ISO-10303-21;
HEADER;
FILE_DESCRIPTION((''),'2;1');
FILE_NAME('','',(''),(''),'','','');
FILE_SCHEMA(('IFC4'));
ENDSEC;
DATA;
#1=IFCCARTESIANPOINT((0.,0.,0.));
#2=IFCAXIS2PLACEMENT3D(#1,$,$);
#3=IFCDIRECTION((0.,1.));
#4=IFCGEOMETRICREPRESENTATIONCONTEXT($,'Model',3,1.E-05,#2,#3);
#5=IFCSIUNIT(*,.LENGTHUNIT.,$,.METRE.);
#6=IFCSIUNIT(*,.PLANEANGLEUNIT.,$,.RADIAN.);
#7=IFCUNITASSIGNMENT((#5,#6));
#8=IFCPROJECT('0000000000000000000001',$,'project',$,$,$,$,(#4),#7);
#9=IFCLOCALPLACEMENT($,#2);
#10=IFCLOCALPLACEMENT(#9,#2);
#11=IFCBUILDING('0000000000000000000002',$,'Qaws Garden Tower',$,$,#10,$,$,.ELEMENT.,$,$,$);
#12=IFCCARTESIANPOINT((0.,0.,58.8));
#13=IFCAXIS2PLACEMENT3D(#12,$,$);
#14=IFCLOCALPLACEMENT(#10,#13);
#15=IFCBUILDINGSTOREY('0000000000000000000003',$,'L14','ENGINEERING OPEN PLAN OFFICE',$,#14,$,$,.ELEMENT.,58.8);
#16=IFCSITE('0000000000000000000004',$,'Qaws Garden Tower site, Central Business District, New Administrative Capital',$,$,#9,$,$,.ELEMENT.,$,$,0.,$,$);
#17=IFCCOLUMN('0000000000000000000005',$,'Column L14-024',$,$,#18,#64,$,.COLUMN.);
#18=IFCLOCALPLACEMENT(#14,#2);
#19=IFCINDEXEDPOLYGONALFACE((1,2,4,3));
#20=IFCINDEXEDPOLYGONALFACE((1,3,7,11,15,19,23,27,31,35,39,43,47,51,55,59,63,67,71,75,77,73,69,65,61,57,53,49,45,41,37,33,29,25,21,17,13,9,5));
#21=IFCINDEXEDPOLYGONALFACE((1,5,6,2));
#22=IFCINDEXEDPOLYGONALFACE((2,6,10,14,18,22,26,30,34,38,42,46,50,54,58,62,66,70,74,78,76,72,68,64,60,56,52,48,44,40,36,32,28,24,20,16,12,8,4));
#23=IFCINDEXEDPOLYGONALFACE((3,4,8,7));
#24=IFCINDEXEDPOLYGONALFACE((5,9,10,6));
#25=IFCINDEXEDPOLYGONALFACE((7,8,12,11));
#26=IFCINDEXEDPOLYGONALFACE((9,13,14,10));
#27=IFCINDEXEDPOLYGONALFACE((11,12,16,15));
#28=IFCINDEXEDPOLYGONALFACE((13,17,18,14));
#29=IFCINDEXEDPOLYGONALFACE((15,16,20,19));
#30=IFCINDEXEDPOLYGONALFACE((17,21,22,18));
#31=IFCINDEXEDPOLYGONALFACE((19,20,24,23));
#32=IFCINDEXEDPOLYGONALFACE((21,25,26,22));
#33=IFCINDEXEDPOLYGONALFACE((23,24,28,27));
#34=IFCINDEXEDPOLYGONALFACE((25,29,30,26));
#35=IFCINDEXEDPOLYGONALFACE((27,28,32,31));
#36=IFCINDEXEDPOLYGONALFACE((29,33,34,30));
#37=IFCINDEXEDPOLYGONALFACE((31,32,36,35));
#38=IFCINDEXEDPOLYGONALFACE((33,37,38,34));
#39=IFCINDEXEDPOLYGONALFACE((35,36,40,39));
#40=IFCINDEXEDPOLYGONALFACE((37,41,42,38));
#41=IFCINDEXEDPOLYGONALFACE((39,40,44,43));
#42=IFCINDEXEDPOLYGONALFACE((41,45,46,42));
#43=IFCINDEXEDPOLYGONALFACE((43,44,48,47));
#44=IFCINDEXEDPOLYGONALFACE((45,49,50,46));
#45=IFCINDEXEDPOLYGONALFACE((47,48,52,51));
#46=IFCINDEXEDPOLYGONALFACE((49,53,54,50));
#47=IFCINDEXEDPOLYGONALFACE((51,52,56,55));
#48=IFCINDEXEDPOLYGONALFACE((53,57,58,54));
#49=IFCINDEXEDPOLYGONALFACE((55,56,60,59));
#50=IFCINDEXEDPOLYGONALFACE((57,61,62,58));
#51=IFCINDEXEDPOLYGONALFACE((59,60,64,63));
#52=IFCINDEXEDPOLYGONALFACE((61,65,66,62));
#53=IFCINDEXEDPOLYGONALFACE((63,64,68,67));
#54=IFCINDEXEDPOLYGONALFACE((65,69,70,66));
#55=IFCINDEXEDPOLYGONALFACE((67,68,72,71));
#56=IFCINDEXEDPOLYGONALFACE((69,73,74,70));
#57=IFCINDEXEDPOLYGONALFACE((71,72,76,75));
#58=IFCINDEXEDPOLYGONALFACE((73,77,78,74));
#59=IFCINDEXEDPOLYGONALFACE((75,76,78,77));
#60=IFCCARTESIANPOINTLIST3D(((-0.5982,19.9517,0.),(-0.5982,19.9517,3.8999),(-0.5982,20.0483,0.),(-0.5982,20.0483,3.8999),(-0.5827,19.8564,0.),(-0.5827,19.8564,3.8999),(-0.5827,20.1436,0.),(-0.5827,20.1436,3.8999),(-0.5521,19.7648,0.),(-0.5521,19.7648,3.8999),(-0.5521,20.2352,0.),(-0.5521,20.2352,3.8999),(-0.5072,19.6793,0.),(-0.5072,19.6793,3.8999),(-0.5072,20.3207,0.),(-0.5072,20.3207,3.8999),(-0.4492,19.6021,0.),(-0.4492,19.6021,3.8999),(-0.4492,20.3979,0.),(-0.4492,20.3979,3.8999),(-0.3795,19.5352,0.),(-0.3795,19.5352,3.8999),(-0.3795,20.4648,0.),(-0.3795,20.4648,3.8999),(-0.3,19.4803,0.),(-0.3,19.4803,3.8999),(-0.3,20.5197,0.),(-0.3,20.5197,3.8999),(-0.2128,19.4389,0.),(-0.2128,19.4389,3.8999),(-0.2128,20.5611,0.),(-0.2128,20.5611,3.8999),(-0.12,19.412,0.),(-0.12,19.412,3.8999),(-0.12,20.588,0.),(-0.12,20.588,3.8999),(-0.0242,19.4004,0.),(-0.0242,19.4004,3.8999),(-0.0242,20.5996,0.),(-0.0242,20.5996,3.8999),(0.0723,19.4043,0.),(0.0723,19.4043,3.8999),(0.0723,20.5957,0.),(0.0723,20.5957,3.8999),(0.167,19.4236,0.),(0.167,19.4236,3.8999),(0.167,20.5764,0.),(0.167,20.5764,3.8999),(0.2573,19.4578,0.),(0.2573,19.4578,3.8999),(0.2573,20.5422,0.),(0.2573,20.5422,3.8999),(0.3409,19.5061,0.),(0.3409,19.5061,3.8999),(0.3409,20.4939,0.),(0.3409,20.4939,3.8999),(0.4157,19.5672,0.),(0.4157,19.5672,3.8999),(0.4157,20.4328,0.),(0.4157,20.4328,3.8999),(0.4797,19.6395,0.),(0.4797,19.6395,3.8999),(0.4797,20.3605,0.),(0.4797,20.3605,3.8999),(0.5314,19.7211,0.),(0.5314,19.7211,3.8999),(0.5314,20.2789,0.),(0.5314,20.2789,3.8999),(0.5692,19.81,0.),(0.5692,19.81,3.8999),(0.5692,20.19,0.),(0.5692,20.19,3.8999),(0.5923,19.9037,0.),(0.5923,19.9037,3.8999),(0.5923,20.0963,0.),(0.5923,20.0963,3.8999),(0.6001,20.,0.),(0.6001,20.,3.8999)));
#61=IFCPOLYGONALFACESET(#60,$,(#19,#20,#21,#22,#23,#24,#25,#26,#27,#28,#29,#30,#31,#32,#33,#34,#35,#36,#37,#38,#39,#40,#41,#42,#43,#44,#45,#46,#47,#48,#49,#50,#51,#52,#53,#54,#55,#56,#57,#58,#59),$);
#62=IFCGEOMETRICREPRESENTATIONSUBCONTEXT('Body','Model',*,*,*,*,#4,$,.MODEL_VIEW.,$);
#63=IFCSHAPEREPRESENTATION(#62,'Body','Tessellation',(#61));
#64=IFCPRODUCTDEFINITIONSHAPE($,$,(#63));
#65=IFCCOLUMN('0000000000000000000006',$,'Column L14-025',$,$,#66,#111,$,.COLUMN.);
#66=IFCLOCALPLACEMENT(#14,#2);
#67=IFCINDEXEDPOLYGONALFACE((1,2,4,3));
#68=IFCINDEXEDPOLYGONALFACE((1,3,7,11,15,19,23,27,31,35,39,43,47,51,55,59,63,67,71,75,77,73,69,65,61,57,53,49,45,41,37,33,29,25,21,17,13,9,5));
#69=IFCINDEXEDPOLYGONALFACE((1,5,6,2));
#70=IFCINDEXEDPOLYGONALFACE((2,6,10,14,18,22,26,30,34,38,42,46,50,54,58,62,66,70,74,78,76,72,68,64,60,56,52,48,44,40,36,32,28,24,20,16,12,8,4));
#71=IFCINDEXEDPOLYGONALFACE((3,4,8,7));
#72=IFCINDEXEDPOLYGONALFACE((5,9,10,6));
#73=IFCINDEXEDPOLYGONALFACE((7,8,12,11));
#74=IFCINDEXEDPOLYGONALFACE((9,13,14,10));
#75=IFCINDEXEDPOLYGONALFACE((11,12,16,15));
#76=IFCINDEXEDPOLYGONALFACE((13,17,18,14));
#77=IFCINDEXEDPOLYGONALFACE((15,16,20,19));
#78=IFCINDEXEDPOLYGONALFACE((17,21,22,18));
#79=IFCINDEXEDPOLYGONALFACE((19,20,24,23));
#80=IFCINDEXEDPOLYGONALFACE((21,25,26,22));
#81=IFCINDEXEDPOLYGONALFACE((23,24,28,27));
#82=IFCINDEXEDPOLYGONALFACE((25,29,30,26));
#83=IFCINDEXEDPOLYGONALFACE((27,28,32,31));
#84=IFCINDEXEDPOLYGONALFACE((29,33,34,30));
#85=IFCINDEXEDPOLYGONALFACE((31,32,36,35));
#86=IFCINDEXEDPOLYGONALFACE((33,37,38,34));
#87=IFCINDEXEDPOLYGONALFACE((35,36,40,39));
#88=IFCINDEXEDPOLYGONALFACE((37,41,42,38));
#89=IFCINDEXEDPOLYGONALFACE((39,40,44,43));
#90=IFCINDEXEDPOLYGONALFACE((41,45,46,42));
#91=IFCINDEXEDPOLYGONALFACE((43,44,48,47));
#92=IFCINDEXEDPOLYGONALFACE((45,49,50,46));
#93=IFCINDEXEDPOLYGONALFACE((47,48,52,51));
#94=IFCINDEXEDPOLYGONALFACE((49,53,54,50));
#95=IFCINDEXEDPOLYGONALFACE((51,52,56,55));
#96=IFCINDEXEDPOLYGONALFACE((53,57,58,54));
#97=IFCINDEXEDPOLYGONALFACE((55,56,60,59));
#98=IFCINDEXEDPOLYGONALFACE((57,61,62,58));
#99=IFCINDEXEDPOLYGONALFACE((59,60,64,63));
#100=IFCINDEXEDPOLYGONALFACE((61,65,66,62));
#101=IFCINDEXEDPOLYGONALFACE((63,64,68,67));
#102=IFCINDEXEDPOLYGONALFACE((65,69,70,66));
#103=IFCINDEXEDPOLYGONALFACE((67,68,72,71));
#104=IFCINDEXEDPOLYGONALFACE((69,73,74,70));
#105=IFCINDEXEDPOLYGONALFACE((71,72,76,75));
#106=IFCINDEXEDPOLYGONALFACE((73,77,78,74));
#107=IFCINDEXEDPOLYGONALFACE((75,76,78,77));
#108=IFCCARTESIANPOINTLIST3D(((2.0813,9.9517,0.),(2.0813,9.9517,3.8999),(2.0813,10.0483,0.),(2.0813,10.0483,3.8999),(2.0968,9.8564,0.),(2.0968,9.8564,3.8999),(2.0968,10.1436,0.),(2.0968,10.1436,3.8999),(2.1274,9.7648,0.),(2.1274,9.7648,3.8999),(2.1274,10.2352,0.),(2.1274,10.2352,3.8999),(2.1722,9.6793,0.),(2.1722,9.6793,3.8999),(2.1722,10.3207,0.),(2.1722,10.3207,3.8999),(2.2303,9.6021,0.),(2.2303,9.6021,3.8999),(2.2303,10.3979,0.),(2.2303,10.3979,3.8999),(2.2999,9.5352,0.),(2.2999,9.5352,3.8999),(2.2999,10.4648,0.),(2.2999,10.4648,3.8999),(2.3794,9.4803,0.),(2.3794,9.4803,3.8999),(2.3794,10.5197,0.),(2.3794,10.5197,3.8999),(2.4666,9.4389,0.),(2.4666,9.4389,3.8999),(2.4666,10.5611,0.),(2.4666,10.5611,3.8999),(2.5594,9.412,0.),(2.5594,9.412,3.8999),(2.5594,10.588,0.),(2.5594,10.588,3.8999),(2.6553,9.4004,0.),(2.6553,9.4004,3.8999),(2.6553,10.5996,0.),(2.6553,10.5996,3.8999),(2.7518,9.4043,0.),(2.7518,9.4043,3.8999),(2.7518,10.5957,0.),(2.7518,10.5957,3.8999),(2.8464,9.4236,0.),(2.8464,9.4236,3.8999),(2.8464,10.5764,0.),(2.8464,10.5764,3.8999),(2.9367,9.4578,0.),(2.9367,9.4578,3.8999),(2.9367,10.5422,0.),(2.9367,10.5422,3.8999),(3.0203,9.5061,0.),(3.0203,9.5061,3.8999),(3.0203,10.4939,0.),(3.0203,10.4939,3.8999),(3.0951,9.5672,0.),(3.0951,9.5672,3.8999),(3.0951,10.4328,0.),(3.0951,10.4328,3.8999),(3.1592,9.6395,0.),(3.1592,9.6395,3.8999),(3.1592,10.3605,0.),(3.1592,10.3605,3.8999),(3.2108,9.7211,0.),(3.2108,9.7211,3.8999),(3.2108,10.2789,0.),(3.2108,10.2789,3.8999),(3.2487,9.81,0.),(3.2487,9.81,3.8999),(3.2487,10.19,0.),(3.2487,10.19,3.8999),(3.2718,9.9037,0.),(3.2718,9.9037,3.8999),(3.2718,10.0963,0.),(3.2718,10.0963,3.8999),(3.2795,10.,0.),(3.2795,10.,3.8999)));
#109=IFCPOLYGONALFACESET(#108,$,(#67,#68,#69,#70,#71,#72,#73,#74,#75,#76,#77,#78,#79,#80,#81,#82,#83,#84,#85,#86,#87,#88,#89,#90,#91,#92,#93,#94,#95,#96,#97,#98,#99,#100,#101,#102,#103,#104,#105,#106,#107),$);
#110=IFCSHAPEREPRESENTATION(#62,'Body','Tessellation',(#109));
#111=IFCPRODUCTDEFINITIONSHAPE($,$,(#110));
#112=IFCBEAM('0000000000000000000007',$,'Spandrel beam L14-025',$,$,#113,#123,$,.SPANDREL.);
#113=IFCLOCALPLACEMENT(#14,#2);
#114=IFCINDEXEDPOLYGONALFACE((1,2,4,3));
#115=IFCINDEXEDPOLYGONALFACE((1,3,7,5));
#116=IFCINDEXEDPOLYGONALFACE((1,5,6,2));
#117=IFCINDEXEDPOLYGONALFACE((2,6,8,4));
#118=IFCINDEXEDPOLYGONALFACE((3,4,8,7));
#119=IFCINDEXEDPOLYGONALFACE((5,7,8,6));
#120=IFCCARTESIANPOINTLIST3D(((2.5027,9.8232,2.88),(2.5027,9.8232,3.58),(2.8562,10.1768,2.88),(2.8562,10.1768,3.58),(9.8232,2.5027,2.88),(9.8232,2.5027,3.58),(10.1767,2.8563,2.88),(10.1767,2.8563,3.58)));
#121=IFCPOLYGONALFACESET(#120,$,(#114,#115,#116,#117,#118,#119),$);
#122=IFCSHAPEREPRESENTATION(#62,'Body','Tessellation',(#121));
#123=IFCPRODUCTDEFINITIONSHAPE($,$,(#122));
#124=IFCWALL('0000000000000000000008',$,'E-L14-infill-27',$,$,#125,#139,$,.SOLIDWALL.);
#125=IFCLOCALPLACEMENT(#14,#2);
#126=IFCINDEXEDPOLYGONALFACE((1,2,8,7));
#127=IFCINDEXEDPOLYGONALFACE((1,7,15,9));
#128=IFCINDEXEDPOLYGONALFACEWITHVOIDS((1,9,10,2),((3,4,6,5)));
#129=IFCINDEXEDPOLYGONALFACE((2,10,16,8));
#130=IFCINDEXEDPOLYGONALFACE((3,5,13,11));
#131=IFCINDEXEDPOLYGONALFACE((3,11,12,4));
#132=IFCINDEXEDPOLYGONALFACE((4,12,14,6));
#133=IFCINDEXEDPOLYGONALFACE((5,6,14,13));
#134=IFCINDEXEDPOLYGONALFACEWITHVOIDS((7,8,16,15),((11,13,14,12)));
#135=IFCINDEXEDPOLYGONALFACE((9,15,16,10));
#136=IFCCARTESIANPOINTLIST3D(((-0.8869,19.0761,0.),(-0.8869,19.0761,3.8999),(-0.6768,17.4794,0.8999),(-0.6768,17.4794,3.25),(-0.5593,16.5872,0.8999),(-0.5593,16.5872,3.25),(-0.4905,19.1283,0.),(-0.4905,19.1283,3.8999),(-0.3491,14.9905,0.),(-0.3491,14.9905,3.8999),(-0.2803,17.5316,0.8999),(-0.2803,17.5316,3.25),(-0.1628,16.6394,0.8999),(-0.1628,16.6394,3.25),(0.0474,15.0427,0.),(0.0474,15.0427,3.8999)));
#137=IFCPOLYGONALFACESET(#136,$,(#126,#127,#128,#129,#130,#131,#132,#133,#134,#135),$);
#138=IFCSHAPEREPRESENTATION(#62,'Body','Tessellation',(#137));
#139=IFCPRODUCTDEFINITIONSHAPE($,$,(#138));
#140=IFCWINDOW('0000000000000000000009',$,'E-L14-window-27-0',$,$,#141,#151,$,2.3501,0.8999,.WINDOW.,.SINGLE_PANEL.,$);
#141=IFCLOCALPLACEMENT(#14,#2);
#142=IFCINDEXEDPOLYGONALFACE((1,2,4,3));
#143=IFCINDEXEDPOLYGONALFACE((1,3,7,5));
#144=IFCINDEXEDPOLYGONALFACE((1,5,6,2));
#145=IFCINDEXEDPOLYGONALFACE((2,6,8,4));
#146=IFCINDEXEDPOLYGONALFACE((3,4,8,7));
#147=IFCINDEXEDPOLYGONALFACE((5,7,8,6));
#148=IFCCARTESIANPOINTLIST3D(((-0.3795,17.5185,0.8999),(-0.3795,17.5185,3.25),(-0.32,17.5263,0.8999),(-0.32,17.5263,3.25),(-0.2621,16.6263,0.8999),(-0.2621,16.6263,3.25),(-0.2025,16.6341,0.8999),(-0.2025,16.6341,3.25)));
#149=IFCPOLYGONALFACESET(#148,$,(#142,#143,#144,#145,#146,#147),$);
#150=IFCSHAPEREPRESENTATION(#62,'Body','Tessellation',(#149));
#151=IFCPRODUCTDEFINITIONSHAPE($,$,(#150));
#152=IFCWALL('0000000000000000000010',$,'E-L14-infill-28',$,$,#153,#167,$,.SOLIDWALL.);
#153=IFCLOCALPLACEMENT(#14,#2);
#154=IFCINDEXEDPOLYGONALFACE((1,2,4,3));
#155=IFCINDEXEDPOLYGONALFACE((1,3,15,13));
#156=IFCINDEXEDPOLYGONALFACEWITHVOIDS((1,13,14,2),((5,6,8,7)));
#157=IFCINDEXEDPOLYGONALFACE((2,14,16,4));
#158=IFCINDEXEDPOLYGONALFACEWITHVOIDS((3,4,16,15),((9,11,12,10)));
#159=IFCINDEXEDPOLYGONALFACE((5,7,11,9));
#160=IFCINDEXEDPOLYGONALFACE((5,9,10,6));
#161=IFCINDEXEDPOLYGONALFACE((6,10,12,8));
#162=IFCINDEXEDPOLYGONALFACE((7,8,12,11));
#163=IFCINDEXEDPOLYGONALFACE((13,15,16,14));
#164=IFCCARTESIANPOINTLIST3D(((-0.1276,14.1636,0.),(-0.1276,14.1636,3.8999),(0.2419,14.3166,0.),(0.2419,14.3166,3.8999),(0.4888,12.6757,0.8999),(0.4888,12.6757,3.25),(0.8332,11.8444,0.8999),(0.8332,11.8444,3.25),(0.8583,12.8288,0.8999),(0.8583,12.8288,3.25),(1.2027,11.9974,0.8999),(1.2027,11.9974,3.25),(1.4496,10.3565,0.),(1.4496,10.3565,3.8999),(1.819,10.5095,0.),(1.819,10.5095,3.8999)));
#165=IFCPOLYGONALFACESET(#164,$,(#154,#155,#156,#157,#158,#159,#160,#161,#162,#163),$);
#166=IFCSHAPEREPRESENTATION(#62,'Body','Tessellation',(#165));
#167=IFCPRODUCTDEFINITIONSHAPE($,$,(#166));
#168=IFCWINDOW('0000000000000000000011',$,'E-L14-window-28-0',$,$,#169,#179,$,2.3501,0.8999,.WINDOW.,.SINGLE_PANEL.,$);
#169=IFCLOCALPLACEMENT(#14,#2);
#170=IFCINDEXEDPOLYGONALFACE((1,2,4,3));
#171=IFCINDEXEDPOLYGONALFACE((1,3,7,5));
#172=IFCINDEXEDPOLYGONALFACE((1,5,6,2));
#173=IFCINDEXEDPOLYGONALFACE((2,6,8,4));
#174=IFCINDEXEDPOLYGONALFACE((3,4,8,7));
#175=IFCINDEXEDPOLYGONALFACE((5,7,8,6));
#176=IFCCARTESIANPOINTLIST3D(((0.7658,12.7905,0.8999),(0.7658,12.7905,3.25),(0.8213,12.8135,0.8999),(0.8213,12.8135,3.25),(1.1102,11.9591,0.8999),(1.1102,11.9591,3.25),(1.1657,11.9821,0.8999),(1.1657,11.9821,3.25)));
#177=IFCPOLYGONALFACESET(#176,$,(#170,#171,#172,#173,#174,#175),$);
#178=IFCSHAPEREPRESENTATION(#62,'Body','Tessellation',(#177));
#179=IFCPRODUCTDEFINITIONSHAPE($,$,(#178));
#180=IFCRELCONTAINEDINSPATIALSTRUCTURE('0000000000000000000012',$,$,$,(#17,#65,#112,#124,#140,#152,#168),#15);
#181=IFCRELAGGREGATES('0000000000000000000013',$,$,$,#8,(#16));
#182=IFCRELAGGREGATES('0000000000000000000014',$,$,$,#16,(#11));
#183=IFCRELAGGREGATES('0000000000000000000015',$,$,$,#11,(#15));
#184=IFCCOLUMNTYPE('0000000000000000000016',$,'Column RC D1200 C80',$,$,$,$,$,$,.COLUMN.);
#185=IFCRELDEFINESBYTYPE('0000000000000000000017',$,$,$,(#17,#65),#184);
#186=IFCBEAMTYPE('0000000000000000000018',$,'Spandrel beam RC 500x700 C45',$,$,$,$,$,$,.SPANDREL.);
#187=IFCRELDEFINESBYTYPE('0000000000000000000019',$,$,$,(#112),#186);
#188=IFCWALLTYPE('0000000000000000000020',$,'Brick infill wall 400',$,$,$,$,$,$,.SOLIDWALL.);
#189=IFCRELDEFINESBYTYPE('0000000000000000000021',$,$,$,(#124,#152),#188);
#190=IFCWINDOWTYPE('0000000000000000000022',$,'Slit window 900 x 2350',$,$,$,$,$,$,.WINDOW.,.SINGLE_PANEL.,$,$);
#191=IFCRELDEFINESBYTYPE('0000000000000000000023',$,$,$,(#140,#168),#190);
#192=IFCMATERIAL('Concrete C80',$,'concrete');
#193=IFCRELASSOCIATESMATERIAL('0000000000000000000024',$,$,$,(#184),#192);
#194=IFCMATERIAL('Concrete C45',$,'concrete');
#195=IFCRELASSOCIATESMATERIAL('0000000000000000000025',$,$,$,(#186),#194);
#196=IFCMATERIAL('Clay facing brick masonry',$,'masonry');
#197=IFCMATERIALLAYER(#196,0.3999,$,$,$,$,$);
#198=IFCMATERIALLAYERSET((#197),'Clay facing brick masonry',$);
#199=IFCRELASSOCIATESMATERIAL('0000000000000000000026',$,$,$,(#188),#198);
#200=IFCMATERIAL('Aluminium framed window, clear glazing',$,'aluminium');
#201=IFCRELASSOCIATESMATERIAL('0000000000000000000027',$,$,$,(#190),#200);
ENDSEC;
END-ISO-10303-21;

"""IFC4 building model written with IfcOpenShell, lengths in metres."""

from ifc_helpers import new_model, si_unit, direction, frame, frame_2d, origin, origin_2d, place, context, subcontext, project, spatial, rectangle, circle, extrude, material, layer, layer_set, material_profile, profile_set, type_object, element, fill, save


model = new_model("IFC4")

# Units and contexts
model_context = context("Model", 3, precision=1e-05, world=origin(), true_north=direction((0.0, 1.0)))
body_context = subcontext(model_context, "Body", "Model", "MODEL_VIEW")
ifc_project = project(units=[si_unit("LENGTHUNIT", "METRE"), si_unit("PLANEANGLEUNIT", "RADIAN")], contexts=[model_context])

# Site, building, storey
site_placement = place(None, origin())
site = spatial("IfcSite", under=ifc_project, at=site_placement, Name="Qaws Garden Tower site, Central Business District, New Administrative Capital", CompositionType="ELEMENT", RefElevation=0.0)
building_placement = place(site_placement, origin())
building = spatial("IfcBuilding", under=site, at=building_placement, Name="Qaws Garden Tower", CompositionType="ELEMENT")
storey_placement = place(building_placement, frame((0.0, 0.0, 58.8)))
storey = spatial("IfcBuildingStorey", under=building, at=storey_placement, Name="L14", Description="ENGINEERING OPEN PLAN OFFICE", CompositionType="ELEMENT", Elevation=58.8)

# Columns
ifc_material_1 = material(Name="Concrete C80", Category="concrete")
ifc_material_profile_1 = material_profile(ifc_material_1, circle(Radius=0.6001, at=origin_2d()), Name="RC D1200")
ifc_profile_set_1 = profile_set([ifc_material_profile_1], Name="Concrete C80")
column_type = type_object("IfcColumnType", Name="Column RC D1200 C80", PredefinedType="COLUMN", material=ifc_profile_set_1)
for number, where, z_axis, x_axis, name in (
    (1, (0.0, 20.0, 0.0), (0.0, 0.0, 1.0), (1.0, 0.0, 0.0), "Column L14-024"),
    (2, (2.6794, 10.0, 0.0), (0.0, 0.0, 1.0), (1.0, 0.0, 0.0), "Column L14-025"),
):
    element("IfcColumn", number, at=place(storey_placement, frame(where, z_axis=z_axis, x_axis=x_axis)), inside=storey, type_object=column_type, Name=name, PredefinedType="COLUMN", context=body_context, shape_type="SweptSolid", body=[
        extrude(circle(Radius=0.6001, at=origin_2d()), origin(), (0.0, 0.0, 1.0), 3.8999),
    ])

# Beam
ifc_material_2 = material(Name="Concrete C45", Category="concrete")
ifc_material_profile_2 = material_profile(ifc_material_2, rectangle(XDim=0.5, YDim=0.7, at=origin_2d()), Name="RC 500x700")
ifc_profile_set_2 = profile_set([ifc_material_profile_2], Name="Concrete C45")
beam_type = type_object("IfcBeamType", Name="Spandrel beam RC 500x700 C45", PredefinedType="SPANDREL", material=ifc_profile_set_2)
beam_placement = place(storey_placement, frame((2.6794, 10.0, 3.23), z_axis=(0.707107, -0.707107, 0.0), x_axis=(0.707107, 0.707107, 0.0)))
element("IfcBeam", 3, at=beam_placement, inside=storey, type_object=beam_type, Name="Spandrel beam L14-025", PredefinedType="SPANDREL", context=body_context, shape_type="SweptSolid", body=[
    extrude(rectangle(XDim=0.5, YDim=0.7, at=origin_2d()), origin(), (0.0, 0.0, 1.0), 10.3528),
])

# Walls, openings, windows
ifc_material_3 = material(Name="Clay facing brick masonry", Category="masonry")
ifc_layer_1 = layer(ifc_material_3, 0.3999)
ifc_layer_set_1 = layer_set([ifc_layer_1], Name="Clay facing brick masonry")
wall_type_1 = type_object("IfcWallType", Name="Brick infill wall 400", PredefinedType="SOLIDWALL", material=ifc_layer_set_1)
wall_1_placement = place(storey_placement, frame((-0.6887, 19.1023, 0.0), z_axis=(0.0, 0.0, 1.0), x_axis=(0.130514, -0.991446, 0.0)))
wall_1 = element("IfcWall", 4, at=wall_1_placement, inside=storey, type_object=wall_type_1, Name="E-L14-infill-27", PredefinedType="SOLIDWALL", context=body_context, shape_type="SweptSolid", body=[
    extrude(rectangle(XDim=4.1208, YDim=0.3999, at=frame_2d((2.0605, 0.0))), origin(), (0.0, 0.0, 1.0), 3.8999),
])
opening_1_placement = place(wall_1_placement, frame((1.6106, 0.0, 0.8999)))
opening_1 = element("IfcOpeningElement", 5, at=opening_1_placement, cuts=wall_1, PredefinedType="OPENING", context=body_context, shape_type="SweptSolid", body=[
    extrude(rectangle(XDim=0.8999, YDim=2.3501, at=frame_2d((0.45, 1.175))), frame((0.0, 0.21, 0.0), z_axis=(0.0, -1.0, 0.0), x_axis=(1.0, 0.0, 0.0)), (0.0, 0.0, 1.0), 0.4199),
])
ifc_material_4 = material(Name="Aluminium framed window, clear glazing", Category="aluminium")
window_type = type_object("IfcWindowType", Name="Slit window 900 x 2350", PartitioningType="SINGLE_PANEL", PredefinedType="WINDOW", material=ifc_material_4)
window_1_placement = place(opening_1_placement, origin())
window_1 = element("IfcWindow", 6, at=window_1_placement, inside=storey, type_object=window_type, Name="E-L14-window-27-0", OverallHeight=2.3501, OverallWidth=0.8999, PartitioningType="SINGLE_PANEL", PredefinedType="WINDOW", context=body_context, shape_type="SweptSolid", body=[
    extrude(rectangle(XDim=0.8999, YDim=2.3501, at=frame_2d((0.45, 1.175))), frame((0.0, 0.1599, 0.0), z_axis=(0.0, -1.0, 0.0), x_axis=(1.0, 0.0, 0.0)), (0.0, 0.0, 1.0), 0.0601),
])
fill(opening_1, window_1)
wall_2_placement = place(storey_placement, frame((0.0571, 14.2402, 0.0), z_axis=(0.0, 0.0, 1.0), x_axis=(0.382722, -0.923864, 0.0)))
wall_2 = element("IfcWall", 7, at=wall_2_placement, inside=storey, type_object=wall_type_1, Name="E-L14-infill-28", PredefinedType="SOLIDWALL", context=body_context, shape_type="SweptSolid", body=[
    extrude(rectangle(XDim=4.1208, YDim=0.3999, at=frame_2d((2.0605, 0.0))), origin(), (0.0, 0.0, 1.0), 3.8999),
])
opening_2_placement = place(wall_2_placement, frame((1.6106, 0.0, 0.8999)))
opening_2 = element("IfcOpeningElement", 8, at=opening_2_placement, cuts=wall_2, PredefinedType="OPENING", context=body_context, shape_type="SweptSolid", body=[
    extrude(rectangle(XDim=0.8999, YDim=2.3501, at=frame_2d((0.45, 1.175))), frame((0.0, 0.21, 0.0), z_axis=(0.0, -1.0, 0.0), x_axis=(1.0, 0.0, 0.0)), (0.0, 0.0, 1.0), 0.4199),
])
window_2_placement = place(opening_2_placement, origin())
window_2 = element("IfcWindow", 9, at=window_2_placement, inside=storey, type_object=window_type, Name="E-L14-window-28-0", OverallHeight=2.3501, OverallWidth=0.8999, PartitioningType="SINGLE_PANEL", PredefinedType="WINDOW", context=body_context, shape_type="SweptSolid", body=[
    extrude(rectangle(XDim=0.8999, YDim=2.3501, at=frame_2d((0.45, 1.175))), frame((0.0, 0.1599, 0.0), z_axis=(0.0, -1.0, 0.0), x_axis=(1.0, 0.0, 0.0)), (0.0, 0.0, 1.0), 0.0601),
])
fill(opening_2, window_2)

save(model, "model.ifc")
